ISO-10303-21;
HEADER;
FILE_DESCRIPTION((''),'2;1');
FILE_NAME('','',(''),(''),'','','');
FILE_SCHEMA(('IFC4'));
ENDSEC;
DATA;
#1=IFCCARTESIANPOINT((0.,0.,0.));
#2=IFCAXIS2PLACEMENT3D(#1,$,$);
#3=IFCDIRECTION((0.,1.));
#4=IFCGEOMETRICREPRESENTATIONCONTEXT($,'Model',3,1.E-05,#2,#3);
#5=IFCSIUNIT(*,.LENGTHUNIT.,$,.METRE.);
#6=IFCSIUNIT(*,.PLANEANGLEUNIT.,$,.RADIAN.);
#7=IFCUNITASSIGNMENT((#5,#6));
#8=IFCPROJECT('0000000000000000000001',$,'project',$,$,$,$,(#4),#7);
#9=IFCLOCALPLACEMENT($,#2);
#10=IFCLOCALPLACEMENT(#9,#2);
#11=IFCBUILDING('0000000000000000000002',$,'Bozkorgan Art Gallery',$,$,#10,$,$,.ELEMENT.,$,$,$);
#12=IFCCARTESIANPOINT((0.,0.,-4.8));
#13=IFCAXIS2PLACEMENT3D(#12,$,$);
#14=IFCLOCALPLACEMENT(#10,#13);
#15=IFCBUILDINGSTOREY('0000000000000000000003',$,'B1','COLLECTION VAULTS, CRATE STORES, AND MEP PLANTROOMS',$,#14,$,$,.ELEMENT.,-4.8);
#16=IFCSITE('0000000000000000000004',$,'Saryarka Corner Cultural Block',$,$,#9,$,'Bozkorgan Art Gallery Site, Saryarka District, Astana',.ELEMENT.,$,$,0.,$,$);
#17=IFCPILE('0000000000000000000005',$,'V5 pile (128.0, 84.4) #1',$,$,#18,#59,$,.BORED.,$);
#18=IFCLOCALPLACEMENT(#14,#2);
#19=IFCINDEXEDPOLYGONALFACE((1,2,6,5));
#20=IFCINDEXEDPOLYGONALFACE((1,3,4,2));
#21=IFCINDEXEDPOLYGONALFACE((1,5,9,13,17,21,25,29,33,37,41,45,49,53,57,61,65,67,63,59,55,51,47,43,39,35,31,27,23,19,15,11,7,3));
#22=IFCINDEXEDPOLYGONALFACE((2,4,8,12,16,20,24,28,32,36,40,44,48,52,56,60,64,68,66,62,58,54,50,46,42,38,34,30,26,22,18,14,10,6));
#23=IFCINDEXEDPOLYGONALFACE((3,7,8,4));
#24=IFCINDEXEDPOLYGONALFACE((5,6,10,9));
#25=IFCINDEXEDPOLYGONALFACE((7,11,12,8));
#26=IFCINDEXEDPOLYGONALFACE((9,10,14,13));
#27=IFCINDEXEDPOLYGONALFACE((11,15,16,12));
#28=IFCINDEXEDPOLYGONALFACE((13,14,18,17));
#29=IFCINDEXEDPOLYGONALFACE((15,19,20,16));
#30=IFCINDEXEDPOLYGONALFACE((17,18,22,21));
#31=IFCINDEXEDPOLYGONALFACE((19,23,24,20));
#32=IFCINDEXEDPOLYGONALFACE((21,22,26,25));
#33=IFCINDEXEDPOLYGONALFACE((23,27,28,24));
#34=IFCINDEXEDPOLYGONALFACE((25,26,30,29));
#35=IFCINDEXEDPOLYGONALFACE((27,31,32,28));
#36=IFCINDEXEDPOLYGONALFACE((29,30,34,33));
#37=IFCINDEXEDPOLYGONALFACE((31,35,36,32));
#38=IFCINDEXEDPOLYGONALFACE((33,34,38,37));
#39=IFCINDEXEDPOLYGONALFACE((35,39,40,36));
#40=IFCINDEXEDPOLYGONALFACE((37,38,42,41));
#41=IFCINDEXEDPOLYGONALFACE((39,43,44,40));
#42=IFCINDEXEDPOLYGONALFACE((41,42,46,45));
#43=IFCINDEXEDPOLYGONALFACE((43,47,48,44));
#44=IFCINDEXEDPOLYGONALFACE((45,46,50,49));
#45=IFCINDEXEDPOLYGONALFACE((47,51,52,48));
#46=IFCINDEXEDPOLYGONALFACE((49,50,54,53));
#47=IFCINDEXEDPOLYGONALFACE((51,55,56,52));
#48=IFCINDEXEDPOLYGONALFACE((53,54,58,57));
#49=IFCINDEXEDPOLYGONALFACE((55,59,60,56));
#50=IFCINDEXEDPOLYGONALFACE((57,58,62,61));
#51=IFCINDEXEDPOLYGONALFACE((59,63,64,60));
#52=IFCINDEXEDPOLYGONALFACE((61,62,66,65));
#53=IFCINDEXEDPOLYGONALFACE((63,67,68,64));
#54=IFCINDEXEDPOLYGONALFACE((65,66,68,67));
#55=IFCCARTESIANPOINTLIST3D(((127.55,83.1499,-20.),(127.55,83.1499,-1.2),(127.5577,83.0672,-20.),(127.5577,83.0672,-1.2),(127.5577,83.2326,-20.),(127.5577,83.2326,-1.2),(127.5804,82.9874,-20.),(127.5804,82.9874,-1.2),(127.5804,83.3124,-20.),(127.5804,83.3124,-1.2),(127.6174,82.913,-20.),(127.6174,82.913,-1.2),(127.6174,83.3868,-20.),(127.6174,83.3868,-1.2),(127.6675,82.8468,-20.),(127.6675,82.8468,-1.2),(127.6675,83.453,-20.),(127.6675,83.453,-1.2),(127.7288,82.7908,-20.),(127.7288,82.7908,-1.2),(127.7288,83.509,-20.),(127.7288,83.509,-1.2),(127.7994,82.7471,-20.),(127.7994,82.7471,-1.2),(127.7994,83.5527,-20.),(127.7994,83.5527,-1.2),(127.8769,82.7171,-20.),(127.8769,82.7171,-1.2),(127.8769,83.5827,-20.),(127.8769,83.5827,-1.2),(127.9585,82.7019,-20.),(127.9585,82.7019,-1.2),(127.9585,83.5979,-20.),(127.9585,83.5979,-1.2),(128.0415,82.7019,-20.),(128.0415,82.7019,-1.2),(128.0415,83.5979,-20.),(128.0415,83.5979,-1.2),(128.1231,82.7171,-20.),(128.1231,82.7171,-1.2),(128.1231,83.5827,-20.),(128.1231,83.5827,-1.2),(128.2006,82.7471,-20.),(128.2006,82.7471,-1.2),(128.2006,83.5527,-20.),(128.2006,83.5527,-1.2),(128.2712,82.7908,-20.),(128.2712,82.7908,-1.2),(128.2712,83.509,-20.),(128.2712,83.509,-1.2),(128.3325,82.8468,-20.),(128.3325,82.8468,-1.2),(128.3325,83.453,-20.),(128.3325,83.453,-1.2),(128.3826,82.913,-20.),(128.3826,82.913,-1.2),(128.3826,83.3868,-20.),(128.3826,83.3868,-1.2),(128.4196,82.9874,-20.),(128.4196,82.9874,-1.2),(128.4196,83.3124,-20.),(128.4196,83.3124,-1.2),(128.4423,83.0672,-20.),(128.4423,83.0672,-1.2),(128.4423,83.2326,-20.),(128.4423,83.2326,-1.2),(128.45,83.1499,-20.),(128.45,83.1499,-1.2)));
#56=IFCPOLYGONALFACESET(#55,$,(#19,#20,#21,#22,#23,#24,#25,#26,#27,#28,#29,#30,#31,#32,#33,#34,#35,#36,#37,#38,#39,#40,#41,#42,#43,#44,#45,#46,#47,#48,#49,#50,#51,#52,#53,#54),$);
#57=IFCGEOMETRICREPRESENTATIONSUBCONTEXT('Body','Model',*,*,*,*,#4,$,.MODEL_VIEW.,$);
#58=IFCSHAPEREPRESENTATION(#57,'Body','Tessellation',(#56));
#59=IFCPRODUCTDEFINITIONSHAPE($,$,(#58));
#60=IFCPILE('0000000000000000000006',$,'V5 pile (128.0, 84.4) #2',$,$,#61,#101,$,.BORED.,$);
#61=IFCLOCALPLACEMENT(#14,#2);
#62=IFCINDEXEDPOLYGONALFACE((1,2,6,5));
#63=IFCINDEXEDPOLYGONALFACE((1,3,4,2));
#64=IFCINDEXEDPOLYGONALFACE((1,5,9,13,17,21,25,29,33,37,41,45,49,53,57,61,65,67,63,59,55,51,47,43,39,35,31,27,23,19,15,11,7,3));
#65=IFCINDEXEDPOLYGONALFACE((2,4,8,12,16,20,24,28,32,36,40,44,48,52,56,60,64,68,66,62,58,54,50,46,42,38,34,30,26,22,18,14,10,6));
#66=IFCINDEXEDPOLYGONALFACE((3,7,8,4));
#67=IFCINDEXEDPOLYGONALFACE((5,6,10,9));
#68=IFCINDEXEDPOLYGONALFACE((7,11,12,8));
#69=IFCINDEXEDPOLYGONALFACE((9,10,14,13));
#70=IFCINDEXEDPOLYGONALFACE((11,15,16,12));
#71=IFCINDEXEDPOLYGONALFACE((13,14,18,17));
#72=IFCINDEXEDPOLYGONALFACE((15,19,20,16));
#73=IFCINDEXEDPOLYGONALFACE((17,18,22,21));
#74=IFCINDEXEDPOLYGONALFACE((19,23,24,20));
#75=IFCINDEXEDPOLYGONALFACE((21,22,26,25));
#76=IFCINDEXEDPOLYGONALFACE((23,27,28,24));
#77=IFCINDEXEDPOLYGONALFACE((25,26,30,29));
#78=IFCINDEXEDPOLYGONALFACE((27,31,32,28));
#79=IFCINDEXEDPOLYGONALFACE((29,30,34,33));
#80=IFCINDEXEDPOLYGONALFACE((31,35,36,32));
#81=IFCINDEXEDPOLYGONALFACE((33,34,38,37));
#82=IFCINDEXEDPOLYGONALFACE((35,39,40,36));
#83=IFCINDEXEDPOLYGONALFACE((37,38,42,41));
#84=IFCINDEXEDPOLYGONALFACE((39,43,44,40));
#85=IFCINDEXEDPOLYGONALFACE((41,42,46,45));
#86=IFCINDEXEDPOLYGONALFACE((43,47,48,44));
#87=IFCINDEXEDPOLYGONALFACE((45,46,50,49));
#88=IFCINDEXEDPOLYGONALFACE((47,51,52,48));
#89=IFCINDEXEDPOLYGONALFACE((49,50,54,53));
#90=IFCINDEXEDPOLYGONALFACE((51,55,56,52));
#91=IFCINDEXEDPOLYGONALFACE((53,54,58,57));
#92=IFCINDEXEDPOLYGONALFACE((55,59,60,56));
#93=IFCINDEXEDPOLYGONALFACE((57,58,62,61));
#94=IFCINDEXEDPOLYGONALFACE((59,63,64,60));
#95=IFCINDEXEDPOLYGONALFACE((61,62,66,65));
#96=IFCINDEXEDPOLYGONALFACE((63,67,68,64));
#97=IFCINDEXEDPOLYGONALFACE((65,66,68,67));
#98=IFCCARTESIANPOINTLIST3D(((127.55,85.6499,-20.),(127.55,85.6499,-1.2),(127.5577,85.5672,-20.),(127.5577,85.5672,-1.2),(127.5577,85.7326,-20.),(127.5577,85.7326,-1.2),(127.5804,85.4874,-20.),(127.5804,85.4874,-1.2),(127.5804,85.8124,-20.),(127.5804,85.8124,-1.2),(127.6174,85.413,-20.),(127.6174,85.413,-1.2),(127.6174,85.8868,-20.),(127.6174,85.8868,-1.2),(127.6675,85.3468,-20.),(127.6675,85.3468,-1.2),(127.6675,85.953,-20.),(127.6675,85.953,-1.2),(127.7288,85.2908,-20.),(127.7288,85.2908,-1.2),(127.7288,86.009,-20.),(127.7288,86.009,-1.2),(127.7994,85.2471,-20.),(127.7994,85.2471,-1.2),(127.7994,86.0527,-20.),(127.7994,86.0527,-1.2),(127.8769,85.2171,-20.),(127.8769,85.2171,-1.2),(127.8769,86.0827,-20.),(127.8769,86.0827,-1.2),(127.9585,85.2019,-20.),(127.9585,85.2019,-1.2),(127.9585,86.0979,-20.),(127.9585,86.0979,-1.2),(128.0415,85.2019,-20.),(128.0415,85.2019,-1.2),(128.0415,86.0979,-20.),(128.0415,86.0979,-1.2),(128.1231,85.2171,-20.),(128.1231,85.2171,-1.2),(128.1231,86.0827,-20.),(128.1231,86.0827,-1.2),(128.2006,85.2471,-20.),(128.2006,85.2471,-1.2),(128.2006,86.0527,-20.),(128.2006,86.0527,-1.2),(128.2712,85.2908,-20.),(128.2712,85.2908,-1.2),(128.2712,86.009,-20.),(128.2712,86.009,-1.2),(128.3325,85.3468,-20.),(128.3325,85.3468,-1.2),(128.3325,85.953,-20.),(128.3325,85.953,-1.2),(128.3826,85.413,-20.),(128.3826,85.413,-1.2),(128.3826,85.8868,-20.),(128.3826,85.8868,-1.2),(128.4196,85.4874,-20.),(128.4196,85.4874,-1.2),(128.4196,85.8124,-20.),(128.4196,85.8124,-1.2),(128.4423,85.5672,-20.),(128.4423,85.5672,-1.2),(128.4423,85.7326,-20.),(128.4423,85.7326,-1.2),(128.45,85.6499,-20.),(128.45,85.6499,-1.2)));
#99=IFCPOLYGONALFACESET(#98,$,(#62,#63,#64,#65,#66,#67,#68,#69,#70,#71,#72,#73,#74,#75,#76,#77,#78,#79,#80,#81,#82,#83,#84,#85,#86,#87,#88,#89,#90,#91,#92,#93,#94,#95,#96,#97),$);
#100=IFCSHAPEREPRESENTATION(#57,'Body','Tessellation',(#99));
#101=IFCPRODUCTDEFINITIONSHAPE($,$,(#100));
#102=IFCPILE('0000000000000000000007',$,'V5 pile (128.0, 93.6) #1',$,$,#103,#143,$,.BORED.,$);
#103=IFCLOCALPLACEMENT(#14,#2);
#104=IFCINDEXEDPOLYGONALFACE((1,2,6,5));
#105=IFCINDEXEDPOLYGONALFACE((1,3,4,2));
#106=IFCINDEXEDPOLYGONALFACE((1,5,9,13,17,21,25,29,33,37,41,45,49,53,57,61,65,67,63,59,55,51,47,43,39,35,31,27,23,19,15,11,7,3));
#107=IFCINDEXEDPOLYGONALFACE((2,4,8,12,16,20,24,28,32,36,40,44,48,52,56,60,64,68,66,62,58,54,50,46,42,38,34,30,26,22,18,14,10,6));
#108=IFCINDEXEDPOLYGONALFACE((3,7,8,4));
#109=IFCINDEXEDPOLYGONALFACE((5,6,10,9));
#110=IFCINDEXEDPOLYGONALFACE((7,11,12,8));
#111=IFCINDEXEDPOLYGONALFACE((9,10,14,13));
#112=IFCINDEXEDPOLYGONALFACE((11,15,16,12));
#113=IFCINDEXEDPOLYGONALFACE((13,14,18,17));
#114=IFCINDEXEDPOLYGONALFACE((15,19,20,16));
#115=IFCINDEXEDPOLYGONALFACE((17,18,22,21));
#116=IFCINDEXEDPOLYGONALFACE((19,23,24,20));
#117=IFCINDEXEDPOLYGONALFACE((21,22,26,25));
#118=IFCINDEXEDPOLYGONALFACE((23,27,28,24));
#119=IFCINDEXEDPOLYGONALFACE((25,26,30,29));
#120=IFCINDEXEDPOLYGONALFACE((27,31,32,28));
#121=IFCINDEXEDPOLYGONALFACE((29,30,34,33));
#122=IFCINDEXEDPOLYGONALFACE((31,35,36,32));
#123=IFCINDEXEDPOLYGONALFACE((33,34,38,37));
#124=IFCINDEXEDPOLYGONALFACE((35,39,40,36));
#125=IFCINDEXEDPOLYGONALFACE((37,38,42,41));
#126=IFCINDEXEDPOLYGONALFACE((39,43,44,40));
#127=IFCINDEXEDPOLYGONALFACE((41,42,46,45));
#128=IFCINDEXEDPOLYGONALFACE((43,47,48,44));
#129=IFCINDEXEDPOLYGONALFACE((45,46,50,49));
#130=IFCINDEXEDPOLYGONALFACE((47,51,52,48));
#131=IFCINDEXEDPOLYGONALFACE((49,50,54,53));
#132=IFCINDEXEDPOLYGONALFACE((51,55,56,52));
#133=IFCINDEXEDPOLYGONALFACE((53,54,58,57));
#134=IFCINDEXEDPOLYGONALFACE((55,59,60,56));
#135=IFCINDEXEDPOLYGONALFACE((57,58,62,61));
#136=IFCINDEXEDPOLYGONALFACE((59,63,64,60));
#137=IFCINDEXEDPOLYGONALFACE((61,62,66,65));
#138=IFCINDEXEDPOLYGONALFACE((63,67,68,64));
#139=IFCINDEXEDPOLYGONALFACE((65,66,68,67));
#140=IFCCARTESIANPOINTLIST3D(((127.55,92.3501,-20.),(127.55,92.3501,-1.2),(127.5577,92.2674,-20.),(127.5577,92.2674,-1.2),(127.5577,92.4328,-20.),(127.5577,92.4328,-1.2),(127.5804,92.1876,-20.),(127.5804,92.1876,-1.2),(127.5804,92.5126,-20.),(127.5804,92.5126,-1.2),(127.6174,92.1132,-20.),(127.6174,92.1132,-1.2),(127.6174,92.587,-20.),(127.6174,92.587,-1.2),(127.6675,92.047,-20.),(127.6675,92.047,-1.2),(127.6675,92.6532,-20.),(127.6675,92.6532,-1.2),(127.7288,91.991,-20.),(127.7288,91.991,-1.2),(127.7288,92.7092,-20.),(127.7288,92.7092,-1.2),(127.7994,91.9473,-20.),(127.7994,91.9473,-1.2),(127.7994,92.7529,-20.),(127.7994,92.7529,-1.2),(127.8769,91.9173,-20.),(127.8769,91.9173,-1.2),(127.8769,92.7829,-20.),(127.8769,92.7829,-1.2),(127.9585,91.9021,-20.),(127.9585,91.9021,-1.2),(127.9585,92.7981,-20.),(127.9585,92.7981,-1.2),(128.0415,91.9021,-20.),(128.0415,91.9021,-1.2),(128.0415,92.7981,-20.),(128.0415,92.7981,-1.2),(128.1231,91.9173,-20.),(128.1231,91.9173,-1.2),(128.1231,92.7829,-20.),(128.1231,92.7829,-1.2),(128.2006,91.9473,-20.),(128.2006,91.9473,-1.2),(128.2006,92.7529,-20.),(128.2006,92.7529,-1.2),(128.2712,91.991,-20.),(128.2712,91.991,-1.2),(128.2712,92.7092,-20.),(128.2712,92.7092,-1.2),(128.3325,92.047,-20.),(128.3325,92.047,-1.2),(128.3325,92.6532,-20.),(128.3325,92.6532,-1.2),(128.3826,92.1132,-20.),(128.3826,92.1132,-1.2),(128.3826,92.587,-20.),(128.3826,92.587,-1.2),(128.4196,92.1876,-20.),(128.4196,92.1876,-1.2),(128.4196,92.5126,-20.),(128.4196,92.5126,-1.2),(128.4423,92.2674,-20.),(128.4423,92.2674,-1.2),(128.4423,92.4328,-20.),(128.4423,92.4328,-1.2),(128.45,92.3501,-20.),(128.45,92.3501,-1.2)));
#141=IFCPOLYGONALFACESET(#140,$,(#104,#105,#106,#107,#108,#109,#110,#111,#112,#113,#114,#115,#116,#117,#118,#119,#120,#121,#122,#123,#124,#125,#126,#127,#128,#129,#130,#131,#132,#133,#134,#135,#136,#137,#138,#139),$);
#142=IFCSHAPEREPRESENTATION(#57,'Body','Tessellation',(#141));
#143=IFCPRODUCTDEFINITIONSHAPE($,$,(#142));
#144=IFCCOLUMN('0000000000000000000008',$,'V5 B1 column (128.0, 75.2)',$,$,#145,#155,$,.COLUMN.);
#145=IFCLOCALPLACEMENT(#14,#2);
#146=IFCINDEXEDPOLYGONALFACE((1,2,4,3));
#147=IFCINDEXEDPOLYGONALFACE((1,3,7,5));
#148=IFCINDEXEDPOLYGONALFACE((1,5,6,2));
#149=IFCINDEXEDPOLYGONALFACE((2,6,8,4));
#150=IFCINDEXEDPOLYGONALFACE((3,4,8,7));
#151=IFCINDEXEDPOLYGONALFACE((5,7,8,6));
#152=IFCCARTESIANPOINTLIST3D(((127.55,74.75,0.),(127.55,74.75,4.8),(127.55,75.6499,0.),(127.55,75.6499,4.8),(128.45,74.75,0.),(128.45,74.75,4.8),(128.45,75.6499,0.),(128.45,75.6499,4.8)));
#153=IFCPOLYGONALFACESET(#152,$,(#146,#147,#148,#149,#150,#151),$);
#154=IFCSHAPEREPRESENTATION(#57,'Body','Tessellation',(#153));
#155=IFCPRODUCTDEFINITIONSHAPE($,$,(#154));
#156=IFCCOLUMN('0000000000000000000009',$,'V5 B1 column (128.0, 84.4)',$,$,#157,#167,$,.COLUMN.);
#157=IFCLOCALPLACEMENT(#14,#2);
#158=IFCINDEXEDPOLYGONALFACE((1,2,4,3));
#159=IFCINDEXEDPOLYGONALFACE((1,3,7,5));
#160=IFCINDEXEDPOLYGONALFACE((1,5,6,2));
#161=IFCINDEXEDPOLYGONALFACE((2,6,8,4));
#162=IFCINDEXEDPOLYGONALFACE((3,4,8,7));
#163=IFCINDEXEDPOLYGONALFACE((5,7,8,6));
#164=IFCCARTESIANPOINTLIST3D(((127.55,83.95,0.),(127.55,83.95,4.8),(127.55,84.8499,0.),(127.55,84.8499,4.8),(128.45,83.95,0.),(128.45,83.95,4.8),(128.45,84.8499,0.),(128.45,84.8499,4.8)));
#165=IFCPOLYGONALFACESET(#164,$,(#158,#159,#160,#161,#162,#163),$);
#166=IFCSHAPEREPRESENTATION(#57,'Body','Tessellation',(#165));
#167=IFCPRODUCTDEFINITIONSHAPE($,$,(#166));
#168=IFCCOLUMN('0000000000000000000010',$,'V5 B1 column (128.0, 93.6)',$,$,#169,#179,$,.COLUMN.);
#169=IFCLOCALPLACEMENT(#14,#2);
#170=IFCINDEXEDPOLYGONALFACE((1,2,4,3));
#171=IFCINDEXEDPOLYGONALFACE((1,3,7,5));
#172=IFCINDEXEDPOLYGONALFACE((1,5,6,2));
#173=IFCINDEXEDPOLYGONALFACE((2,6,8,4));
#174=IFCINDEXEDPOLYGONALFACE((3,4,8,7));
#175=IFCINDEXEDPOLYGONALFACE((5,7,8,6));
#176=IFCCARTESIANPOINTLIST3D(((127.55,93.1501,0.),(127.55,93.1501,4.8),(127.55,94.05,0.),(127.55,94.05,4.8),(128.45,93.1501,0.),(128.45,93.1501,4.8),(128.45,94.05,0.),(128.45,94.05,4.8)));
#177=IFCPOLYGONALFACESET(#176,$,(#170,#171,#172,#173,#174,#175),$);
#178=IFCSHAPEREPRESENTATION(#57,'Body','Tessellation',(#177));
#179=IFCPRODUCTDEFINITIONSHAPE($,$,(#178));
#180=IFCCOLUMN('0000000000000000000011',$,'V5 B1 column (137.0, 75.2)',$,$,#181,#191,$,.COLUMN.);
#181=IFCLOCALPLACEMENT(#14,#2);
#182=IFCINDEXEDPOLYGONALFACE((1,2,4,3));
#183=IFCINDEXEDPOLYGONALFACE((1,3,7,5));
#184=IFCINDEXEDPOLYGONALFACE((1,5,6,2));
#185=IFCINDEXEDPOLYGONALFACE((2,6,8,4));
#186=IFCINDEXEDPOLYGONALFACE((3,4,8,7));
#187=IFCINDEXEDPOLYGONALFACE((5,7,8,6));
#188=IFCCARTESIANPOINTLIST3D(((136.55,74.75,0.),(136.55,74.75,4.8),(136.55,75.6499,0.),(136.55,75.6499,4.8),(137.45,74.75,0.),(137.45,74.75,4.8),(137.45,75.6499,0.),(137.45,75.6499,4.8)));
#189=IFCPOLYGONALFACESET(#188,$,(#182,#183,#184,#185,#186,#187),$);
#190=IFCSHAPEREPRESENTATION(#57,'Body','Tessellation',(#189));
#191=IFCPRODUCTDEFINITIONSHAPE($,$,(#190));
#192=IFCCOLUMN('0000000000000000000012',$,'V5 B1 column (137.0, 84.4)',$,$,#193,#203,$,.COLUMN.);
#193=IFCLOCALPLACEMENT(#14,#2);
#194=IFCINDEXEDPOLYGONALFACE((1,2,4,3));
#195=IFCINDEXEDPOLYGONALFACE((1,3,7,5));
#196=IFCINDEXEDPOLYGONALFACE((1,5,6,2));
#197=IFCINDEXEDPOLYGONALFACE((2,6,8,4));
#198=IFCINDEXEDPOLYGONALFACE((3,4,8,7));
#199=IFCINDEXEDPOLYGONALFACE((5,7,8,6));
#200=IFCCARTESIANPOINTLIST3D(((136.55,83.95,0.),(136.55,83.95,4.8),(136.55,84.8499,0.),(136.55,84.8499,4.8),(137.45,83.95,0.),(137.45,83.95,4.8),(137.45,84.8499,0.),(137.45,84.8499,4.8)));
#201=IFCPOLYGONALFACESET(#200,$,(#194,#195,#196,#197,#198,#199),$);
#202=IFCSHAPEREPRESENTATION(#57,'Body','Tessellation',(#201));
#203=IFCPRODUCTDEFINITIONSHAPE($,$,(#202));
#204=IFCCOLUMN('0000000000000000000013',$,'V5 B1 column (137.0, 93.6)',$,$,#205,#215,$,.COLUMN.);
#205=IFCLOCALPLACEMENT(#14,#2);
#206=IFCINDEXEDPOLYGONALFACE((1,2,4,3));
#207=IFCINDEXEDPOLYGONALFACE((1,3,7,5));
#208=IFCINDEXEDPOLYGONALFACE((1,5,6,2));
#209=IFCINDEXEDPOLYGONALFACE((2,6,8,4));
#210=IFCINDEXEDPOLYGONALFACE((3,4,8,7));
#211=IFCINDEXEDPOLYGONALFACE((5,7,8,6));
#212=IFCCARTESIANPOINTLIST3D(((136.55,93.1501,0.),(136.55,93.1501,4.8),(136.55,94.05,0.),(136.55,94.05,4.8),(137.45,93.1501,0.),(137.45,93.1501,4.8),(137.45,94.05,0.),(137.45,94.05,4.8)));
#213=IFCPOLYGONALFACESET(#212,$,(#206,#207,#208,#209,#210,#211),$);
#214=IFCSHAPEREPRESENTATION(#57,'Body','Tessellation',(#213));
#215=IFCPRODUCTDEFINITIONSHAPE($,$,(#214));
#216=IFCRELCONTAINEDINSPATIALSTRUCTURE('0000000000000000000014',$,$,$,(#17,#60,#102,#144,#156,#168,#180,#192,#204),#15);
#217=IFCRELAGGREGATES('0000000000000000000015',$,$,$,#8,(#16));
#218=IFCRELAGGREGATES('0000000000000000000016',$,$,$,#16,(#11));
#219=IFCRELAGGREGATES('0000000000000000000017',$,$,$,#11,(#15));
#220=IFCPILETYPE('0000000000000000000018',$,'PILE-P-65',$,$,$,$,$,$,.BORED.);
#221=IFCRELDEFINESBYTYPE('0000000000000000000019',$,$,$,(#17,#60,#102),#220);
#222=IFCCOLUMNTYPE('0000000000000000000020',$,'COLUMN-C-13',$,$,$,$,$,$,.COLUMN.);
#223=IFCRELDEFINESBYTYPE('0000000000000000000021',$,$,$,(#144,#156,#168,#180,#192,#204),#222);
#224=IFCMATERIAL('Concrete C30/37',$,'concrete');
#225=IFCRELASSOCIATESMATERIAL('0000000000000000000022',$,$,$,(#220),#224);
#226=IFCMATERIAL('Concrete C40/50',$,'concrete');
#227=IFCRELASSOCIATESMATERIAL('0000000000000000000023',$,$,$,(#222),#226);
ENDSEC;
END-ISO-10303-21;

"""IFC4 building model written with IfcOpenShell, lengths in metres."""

from ifc_helpers import new_model, si_unit, direction, frame, origin, origin_2d, place, context, subcontext, project, spatial, rectangle, circle, extrude, material, material_profile, profile_set, type_object, element, save


model = new_model("IFC4")

# Units and contexts
model_context = context("Model", 3, precision=1e-05, world=origin(), true_north=direction((0.0, 1.0)))
body_context = subcontext(model_context, "Body", "Model", "MODEL_VIEW")
ifc_project = project(units=[si_unit("LENGTHUNIT", "METRE"), si_unit("PLANEANGLEUNIT", "RADIAN")], contexts=[model_context])

# Site, building, storey
site_placement = place(None, origin())
site = spatial("IfcSite", under=ifc_project, at=site_placement, Name="Saryarka Corner Cultural Block", LongName="Bozkorgan Art Gallery Site, Saryarka District, Astana", CompositionType="ELEMENT", RefElevation=0.0)
building_placement = place(site_placement, origin())
building = spatial("IfcBuilding", under=site, at=building_placement, Name="Bozkorgan Art Gallery", CompositionType="ELEMENT")
storey_placement = place(building_placement, frame((0.0, 0.0, -4.8)))
storey = spatial("IfcBuildingStorey", under=building, at=storey_placement, Name="B1", Description="COLLECTION VAULTS, CRATE STORES, AND MEP PLANTROOMS", CompositionType="ELEMENT", Elevation=-4.8)

# Shared definitions
ifc_material_1 = material(Name="Concrete C30/37", Category="concrete")

# Piles
ifc_material_profile_1 = material_profile(ifc_material_1, circle(Radius=0.45, at=origin_2d()), Name="PILE D900")
ifc_profile_set_1 = profile_set([ifc_material_profile_1], Name="Concrete C30/37")
pile_type_1 = type_object("IfcPileType", Name="PILE-P-65", PredefinedType="BORED", material=ifc_profile_set_1)
for number, where, z_axis, x_axis, name in (
    (1, (128.0, 83.1499, -1.2), (0.0, 0.0, -1.0), (1.0, 0.0, 0.0), "V5 pile (128.0, 84.4) #1"),
    (2, (128.0, 85.6499, -1.2), (0.0, 0.0, -1.0), (1.0, 0.0, 0.0), "V5 pile (128.0, 84.4) #2"),
    (3, (128.0, 92.3501, -1.2), (0.0, 0.0, -1.0), (1.0, 0.0, 0.0), "V5 pile (128.0, 93.6) #1"),
):
    element("IfcPile", number, at=place(storey_placement, frame(where, z_axis=z_axis, x_axis=x_axis)), inside=storey, type_object=pile_type_1, Name=name, PredefinedType="BORED", context=body_context, shape_type="SweptSolid", body=[
        extrude(circle(Radius=0.45, at=origin_2d()), origin(), (0.0, 0.0, 1.0), 18.8),
    ])

# Columns
ifc_material_2 = material(Name="Concrete C40/50", Category="concrete")
ifc_material_profile_2 = material_profile(ifc_material_2, rectangle(XDim=0.8999, YDim=0.8999, at=origin_2d()), Name="RC 900x900")
ifc_profile_set_2 = profile_set([ifc_material_profile_2], Name="Concrete C40/50")
column_type = type_object("IfcColumnType", Name="COLUMN-C-13", PredefinedType="COLUMN", material=ifc_profile_set_2)
for number, where, z_axis, x_axis, name in (
    (4, (128.0, 75.2, 0.0), (0.0, 0.0, 1.0), (1.0, 0.0, 0.0), "V5 B1 column (128.0, 75.2)"),
    (5, (128.0, 84.3999, 0.0), (0.0, 0.0, 1.0), (1.0, 0.0, 0.0), "V5 B1 column (128.0, 84.4)"),
    (6, (128.0, 93.6001, 0.0), (0.0, 0.0, 1.0), (1.0, 0.0, 0.0), "V5 B1 column (128.0, 93.6)"),
    (7, (137.0, 75.2, 0.0), (0.0, 0.0, 1.0), (1.0, 0.0, 0.0), "V5 B1 column (137.0, 75.2)"),
    (8, (137.0, 84.3999, 0.0), (0.0, 0.0, 1.0), (1.0, 0.0, 0.0), "V5 B1 column (137.0, 84.4)"),
    (9, (137.0, 93.6001, 0.0), (0.0, 0.0, 1.0), (1.0, 0.0, 0.0), "V5 B1 column (137.0, 93.6)"),
):
    element("IfcColumn", number, at=place(storey_placement, frame(where, z_axis=z_axis, x_axis=x_axis)), inside=storey, type_object=column_type, Name=name, PredefinedType="COLUMN", context=body_context, shape_type="SweptSolid", body=[
        extrude(rectangle(XDim=0.8999, YDim=0.8999, at=origin_2d()), origin(), (0.0, 0.0, 1.0), 4.8),
    ])

save(model, "model.ifc")
